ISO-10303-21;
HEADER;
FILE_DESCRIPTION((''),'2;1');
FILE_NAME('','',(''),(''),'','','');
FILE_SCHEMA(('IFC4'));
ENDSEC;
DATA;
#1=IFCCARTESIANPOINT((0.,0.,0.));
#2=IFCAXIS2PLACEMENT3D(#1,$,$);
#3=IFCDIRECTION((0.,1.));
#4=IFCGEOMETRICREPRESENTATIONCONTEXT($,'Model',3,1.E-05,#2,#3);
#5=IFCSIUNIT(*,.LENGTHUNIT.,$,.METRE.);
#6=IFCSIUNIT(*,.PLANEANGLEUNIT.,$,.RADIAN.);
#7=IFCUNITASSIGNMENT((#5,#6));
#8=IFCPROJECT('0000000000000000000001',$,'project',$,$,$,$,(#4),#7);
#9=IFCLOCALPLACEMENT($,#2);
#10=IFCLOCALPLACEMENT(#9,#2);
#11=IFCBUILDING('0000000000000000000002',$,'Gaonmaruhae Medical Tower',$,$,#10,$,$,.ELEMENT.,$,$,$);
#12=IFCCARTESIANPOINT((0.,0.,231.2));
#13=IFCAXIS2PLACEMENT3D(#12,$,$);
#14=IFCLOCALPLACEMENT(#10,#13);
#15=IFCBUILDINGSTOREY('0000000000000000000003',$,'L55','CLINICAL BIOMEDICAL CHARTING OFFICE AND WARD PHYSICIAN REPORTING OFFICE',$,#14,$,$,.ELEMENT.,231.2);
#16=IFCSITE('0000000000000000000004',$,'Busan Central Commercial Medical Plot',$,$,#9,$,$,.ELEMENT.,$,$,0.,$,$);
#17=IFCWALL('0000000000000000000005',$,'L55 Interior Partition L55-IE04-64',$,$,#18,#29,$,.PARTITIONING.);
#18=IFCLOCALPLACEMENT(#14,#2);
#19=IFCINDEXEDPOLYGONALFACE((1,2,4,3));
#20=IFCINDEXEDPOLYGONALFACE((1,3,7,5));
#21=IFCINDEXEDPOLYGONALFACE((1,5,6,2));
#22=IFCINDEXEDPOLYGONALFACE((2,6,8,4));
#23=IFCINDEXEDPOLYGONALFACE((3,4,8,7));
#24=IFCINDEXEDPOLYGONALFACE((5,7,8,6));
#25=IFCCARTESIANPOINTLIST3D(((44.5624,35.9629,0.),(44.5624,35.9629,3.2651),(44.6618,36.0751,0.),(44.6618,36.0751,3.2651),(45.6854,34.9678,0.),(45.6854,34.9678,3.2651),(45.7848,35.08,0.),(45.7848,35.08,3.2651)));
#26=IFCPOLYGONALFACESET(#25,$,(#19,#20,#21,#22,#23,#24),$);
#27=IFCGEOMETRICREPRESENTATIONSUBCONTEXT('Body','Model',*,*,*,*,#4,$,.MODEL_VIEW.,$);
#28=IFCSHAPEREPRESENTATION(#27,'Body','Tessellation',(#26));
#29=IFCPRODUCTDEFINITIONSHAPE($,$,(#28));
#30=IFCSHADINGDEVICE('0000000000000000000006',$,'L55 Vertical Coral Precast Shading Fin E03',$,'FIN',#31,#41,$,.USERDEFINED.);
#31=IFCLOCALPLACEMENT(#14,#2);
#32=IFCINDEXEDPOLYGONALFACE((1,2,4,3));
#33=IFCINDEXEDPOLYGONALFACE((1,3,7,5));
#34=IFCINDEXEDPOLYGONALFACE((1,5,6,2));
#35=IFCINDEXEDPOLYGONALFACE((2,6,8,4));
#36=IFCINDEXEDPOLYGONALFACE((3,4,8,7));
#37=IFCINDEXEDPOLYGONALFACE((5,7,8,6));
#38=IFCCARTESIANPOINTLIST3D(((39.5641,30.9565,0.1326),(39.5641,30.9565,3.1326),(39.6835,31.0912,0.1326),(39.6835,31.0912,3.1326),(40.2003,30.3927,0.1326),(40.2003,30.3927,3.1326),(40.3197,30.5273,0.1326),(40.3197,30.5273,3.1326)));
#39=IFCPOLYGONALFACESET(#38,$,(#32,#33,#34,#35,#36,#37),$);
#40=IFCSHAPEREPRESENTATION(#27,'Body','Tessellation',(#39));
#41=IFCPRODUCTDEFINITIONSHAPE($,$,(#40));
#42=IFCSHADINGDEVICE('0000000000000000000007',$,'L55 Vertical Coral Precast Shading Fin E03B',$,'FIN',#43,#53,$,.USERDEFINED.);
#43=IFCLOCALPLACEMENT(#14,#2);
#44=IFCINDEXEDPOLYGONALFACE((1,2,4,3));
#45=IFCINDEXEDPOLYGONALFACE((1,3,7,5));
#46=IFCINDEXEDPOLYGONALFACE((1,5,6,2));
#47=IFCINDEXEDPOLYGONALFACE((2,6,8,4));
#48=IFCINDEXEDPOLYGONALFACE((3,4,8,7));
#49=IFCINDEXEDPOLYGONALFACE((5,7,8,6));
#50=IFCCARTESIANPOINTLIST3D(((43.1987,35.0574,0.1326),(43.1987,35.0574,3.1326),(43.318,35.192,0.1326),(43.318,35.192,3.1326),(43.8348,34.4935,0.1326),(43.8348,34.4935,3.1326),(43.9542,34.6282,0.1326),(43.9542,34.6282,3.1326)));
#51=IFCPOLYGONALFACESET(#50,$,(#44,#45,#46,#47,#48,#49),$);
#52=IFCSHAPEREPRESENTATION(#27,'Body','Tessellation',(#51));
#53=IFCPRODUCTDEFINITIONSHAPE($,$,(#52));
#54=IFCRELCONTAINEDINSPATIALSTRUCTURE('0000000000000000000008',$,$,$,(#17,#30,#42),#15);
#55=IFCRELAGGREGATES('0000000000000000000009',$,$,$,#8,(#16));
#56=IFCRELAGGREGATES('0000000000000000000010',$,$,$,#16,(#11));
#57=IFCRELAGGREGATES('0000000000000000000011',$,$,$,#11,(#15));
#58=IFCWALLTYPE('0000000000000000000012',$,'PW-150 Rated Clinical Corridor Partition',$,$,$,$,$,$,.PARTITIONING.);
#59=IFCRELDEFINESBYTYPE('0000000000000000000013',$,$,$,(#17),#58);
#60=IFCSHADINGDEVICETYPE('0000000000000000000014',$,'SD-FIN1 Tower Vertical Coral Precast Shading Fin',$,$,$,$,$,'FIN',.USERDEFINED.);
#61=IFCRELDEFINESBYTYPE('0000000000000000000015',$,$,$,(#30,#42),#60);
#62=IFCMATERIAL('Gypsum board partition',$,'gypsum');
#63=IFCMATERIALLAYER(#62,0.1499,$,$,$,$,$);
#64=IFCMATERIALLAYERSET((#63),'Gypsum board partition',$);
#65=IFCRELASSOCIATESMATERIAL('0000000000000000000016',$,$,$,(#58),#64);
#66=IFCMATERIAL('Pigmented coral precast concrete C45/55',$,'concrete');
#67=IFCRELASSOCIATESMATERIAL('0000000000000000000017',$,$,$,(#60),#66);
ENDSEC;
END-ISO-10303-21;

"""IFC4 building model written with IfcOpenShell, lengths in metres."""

from ifc_helpers import new_model, si_unit, direction, frame, frame_2d, origin, origin_2d, place, context, subcontext, project, spatial, rectangle, extrude, material, layer, layer_set, type_object, element, save


model = new_model("IFC4")

# Units and contexts
model_context = context("Model", 3, precision=1e-05, world=origin(), true_north=direction((0.0, 1.0)))
body_context = subcontext(model_context, "Body", "Model", "MODEL_VIEW")
ifc_project = project(units=[si_unit("LENGTHUNIT", "METRE"), si_unit("PLANEANGLEUNIT", "RADIAN")], contexts=[model_context])

# Site, building, storey
site_placement = place(None, origin())
site = spatial("IfcSite", under=ifc_project, at=site_placement, Name="Busan Central Commercial Medical Plot", CompositionType="ELEMENT", RefElevation=0.0)
building_placement = place(site_placement, origin())
building = spatial("IfcBuilding", under=site, at=building_placement, Name="Gaonmaruhae Medical Tower", CompositionType="ELEMENT")
storey_placement = place(building_placement, frame((0.0, 0.0, 231.2)))
storey = spatial("IfcBuildingStorey", under=building, at=storey_placement, Name="L55", Description="CLINICAL BIOMEDICAL CHARTING OFFICE AND WARD PHYSICIAN REPORTING OFFICE", CompositionType="ELEMENT", Elevation=231.2)

# Wall
ifc_material_1 = material(Name="Gypsum board partition", Category="gypsum")
ifc_layer_1 = layer(ifc_material_1, 0.1499)
ifc_layer_set_1 = layer_set([ifc_layer_1], Name="Gypsum board partition")
wall_type_1 = type_object("IfcWallType", Name="PW-150 Rated Clinical Corridor Partition", PredefinedType="PARTITIONING", material=ifc_layer_set_1)
wall_1_placement = place(storey_placement, frame((44.6121, 36.019, 0.0), z_axis=(0.0, 0.0, 1.0), x_axis=(0.74845, -0.663192, 0.0)))
element("IfcWall", 1, at=wall_1_placement, inside=storey, type_object=wall_type_1, Name="L55 Interior Partition L55-IE04-64", PredefinedType="PARTITIONING", context=body_context, shape_type="SweptSolid", body=[
    extrude(rectangle(XDim=1.5005, YDim=0.1499, at=frame_2d((0.7502, 0.0))), origin(), (0.0, 0.0, 1.0), 3.2651),
])

# Shading devices
ifc_material_2 = material(Name="Pigmented coral precast concrete C45/55", Category="concrete")
shading_device_type = type_object("IfcShadingDeviceType", Name="SD-FIN1 Tower Vertical Coral Precast Shading Fin", ElementType="FIN", PredefinedType="USERDEFINED", material=ifc_material_2)
for number, where, z_axis, x_axis, name in (
    (2, (39.9419, 30.7419, 0.1326), (0.0, 0.0, 1.0), (0.663286, 0.748366, 0.0), "L55 Vertical Coral Precast Shading Fin E03"),
    (3, (43.5764, 34.8428, 0.1326), (0.0, 0.0, 1.0), (0.663286, 0.748366, 0.0), "L55 Vertical Coral Precast Shading Fin E03B"),
):
    element("IfcShadingDevice", number, at=place(storey_placement, frame(where, z_axis=z_axis, x_axis=x_axis)), inside=storey, type_object=shading_device_type, Name=name, ObjectType="FIN", PredefinedType="USERDEFINED", context=body_context, shape_type="SweptSolid", body=[
        extrude(rectangle(XDim=0.1799, YDim=0.8501, at=origin_2d()), origin(), (0.0, 0.0, 1.0), 3.0),
    ])

save(model, "model.ifc")
